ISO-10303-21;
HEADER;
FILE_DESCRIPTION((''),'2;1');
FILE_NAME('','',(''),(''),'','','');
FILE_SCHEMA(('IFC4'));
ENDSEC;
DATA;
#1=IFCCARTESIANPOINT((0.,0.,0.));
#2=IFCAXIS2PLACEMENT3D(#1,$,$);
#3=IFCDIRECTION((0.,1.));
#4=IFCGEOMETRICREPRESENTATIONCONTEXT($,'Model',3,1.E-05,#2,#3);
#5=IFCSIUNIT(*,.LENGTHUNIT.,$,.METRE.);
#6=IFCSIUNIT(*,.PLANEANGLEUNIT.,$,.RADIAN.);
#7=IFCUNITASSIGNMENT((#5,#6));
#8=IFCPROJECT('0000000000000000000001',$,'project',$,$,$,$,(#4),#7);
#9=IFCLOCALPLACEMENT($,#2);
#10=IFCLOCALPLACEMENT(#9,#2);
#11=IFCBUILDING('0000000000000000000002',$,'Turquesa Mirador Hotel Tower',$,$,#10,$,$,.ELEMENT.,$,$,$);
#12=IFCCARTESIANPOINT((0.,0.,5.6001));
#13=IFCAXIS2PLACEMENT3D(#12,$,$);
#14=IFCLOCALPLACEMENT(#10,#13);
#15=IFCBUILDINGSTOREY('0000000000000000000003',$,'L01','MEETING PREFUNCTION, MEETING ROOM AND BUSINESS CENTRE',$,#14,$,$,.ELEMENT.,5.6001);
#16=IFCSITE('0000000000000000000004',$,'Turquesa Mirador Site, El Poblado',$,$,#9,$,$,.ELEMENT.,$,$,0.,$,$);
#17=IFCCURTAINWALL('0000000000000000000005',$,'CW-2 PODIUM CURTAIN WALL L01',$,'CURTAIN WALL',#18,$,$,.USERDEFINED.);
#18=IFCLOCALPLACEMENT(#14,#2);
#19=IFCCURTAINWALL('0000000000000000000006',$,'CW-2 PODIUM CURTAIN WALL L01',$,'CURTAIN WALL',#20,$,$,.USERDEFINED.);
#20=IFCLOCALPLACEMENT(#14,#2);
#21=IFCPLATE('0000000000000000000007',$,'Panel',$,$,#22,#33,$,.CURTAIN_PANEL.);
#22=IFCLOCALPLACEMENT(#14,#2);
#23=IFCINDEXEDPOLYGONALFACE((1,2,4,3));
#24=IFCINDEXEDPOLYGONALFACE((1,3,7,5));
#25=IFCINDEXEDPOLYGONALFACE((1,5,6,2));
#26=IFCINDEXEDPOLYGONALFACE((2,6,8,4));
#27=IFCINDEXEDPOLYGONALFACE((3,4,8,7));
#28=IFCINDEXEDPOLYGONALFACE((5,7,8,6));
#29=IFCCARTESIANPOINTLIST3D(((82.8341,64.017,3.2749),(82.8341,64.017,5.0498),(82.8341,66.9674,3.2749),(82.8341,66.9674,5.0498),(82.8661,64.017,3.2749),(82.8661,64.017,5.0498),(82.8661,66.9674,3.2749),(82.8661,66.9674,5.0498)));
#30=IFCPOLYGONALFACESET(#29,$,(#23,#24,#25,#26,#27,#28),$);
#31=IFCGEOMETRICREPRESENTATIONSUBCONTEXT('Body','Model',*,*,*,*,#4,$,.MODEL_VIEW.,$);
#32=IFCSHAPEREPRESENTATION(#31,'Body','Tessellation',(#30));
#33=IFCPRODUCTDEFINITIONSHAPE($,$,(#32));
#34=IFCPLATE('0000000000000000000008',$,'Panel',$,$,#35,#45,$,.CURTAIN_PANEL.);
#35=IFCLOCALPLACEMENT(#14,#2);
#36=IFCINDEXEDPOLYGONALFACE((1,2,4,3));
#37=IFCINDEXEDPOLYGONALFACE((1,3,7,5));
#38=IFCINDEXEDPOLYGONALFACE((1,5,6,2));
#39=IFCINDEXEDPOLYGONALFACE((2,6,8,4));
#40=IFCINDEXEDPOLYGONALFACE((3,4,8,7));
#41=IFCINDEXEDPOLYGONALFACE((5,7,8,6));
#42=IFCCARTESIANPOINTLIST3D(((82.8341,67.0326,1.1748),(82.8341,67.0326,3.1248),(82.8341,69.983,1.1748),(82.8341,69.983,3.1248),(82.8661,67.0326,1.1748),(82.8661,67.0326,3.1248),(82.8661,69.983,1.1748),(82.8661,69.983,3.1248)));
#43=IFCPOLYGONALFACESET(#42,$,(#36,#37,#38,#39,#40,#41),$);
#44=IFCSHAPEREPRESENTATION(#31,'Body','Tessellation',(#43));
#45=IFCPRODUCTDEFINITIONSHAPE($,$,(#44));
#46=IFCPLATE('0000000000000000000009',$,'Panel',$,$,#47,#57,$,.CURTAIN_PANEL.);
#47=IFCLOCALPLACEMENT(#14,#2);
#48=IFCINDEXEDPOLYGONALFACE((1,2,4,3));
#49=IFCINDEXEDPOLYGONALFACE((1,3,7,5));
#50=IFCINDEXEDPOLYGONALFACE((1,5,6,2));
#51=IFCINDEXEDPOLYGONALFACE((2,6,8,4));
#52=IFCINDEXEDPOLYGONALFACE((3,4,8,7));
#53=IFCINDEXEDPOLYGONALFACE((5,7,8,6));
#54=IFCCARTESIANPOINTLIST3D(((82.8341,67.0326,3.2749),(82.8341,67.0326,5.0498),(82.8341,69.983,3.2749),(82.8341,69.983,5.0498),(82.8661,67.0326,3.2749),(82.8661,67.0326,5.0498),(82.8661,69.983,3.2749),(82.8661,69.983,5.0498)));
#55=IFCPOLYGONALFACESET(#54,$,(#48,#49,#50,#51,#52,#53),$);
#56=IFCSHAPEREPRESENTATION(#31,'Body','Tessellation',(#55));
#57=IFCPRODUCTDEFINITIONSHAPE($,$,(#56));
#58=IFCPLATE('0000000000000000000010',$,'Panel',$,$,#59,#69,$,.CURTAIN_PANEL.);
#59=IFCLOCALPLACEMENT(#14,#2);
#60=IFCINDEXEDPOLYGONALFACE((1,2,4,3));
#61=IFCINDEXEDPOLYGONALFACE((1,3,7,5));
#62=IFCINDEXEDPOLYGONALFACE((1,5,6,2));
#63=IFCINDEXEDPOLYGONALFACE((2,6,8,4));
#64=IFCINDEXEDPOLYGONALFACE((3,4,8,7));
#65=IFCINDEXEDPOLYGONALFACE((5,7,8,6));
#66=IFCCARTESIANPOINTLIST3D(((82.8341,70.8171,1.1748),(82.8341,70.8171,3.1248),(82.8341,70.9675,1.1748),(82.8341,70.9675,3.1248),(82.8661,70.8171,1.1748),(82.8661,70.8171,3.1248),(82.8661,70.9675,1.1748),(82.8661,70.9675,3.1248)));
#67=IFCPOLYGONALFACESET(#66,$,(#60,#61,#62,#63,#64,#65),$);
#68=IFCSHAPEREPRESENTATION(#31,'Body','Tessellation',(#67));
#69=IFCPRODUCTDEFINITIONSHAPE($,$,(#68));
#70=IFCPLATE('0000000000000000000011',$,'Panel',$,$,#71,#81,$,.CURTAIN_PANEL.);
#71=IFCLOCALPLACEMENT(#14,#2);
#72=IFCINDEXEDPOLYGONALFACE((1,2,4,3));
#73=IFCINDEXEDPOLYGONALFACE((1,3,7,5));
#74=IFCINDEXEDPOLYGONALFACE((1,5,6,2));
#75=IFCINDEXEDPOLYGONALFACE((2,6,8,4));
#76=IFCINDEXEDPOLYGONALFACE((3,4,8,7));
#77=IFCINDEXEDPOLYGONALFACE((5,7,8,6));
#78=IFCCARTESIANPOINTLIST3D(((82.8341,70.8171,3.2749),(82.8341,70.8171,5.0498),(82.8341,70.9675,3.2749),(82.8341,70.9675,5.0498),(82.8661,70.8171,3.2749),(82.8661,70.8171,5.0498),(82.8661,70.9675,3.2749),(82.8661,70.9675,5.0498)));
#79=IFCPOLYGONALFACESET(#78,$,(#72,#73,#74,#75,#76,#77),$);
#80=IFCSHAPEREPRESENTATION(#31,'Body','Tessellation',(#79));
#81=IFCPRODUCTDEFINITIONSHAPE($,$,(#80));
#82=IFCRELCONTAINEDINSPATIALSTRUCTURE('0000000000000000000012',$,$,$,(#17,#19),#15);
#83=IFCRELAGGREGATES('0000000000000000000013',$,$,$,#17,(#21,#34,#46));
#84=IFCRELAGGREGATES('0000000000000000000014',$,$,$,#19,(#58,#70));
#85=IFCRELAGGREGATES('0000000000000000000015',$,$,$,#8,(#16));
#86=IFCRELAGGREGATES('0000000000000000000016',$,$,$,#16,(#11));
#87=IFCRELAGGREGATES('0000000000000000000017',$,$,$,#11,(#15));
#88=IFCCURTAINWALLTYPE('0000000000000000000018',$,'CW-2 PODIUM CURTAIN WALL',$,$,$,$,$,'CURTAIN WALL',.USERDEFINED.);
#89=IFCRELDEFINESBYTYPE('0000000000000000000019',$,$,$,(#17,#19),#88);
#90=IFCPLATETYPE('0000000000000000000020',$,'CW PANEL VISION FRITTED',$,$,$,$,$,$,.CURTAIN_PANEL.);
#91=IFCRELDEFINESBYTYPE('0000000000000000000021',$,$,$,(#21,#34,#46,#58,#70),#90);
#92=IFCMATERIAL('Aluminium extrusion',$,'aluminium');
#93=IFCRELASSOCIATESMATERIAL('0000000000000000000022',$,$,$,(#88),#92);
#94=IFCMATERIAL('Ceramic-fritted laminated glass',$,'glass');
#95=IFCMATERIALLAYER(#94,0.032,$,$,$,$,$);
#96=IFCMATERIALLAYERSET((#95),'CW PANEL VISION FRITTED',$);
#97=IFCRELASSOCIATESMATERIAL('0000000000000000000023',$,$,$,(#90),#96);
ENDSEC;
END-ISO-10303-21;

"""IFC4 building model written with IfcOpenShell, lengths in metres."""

from ifc_helpers import new_model, si_unit, direction, frame, origin, origin_2d, place, context, subcontext, project, spatial, rectangle, extrude, material, layer, layer_set, type_object, element, aggregate, save


model = new_model("IFC4")

# Units and contexts
model_context = context("Model", 3, precision=1e-05, world=origin(), true_north=direction((0.0, 1.0)))
body_context = subcontext(model_context, "Body", "Model", "MODEL_VIEW")
ifc_project = project(units=[si_unit("LENGTHUNIT", "METRE"), si_unit("PLANEANGLEUNIT", "RADIAN")], contexts=[model_context])

# Site, building, storey
site_placement = place(None, origin())
site = spatial("IfcSite", under=ifc_project, at=site_placement, Name="Turquesa Mirador Site, El Poblado", CompositionType="ELEMENT", RefElevation=0.0)
building_placement = place(site_placement, origin())
building = spatial("IfcBuilding", under=site, at=building_placement, Name="Turquesa Mirador Hotel Tower", CompositionType="ELEMENT")
storey_placement = place(building_placement, frame((0.0, 0.0, 5.6001)))
storey = spatial("IfcBuildingStorey", under=building, at=storey_placement, Name="L01", Description="MEETING PREFUNCTION, MEETING ROOM AND BUSINESS CENTRE", CompositionType="ELEMENT", Elevation=5.6001)

# Curtain walls
ifc_material_1 = material(Name="Aluminium extrusion", Category="aluminium")
curtain_wall_type = type_object("IfcCurtainWallType", Name="CW-2 PODIUM CURTAIN WALL", ElementType="CURTAIN WALL", PredefinedType="USERDEFINED", material=ifc_material_1)
curtain_wall_1_placement = place(storey_placement, origin())
curtain_wall_1 = element("IfcCurtainWall", 1, at=curtain_wall_1_placement, inside=storey, type_object=curtain_wall_type, Name="CW-2 PODIUM CURTAIN WALL L01", ObjectType="CURTAIN WALL", PredefinedType="USERDEFINED")
curtain_wall_2_placement = place(storey_placement, origin())
curtain_wall_2 = element("IfcCurtainWall", 2, at=curtain_wall_2_placement, inside=storey, type_object=curtain_wall_type, Name="CW-2 PODIUM CURTAIN WALL L01", ObjectType="CURTAIN WALL", PredefinedType="USERDEFINED")

# Plates
ifc_material_2 = material(Name="Ceramic-fritted laminated glass", Category="glass")
ifc_layer_1 = layer(ifc_material_2, 0.032)
ifc_layer_set_1 = layer_set([ifc_layer_1], Name="CW PANEL VISION FRITTED")
plate_type_1 = type_object("IfcPlateType", Name="CW PANEL VISION FRITTED", PredefinedType="CURTAIN_PANEL", material=ifc_layer_set_1)
plate_1_placement = place(storey_placement, frame((82.8501, 65.4922, 3.2749), z_axis=(0.0, 0.0, 1.0), x_axis=(0.0, 1.0, 0.0)))
plate_1 = element("IfcPlate", 3, at=plate_1_placement, type_object=plate_type_1, Name="Panel", PredefinedType="CURTAIN_PANEL", context=body_context, shape_type="SweptSolid", body=[
    extrude(rectangle(XDim=2.9504, YDim=0.032, at=origin_2d()), origin(), (0.0, 0.0, 1.0), 1.7749),
])
plate_2_placement = place(storey_placement, frame((82.8501, 68.5078, 1.1748), z_axis=(0.0, 0.0, 1.0), x_axis=(0.0, 1.0, 0.0)))
plate_2 = element("IfcPlate", 4, at=plate_2_placement, type_object=plate_type_1, Name="Panel", PredefinedType="CURTAIN_PANEL", context=body_context, shape_type="SweptSolid", body=[
    extrude(rectangle(XDim=2.9504, YDim=0.032, at=origin_2d()), origin(), (0.0, 0.0, 1.0), 1.95),
])
plate_3_placement = place(storey_placement, frame((82.8501, 68.5078, 3.2749), z_axis=(0.0, 0.0, 1.0), x_axis=(0.0, 1.0, 0.0)))
plate_3 = element("IfcPlate", 5, at=plate_3_placement, type_object=plate_type_1, Name="Panel", PredefinedType="CURTAIN_PANEL", context=body_context, shape_type="SweptSolid", body=[
    extrude(rectangle(XDim=2.9504, YDim=0.032, at=origin_2d()), origin(), (0.0, 0.0, 1.0), 1.7749),
])
aggregate(curtain_wall_1, [plate_1, plate_2, plate_3])
plate_4_placement = place(storey_placement, frame((82.8501, 70.8923, 1.1748), z_axis=(0.0, 0.0, 1.0), x_axis=(0.0, 1.0, 0.0)))
plate_4 = element("IfcPlate", 6, at=plate_4_placement, type_object=plate_type_1, Name="Panel", PredefinedType="CURTAIN_PANEL", context=body_context, shape_type="SweptSolid", body=[
    extrude(rectangle(XDim=0.1504, YDim=0.032, at=origin_2d()), origin(), (0.0, 0.0, 1.0), 1.95),
])
plate_5_placement = place(storey_placement, frame((82.8501, 70.8923, 3.2749), z_axis=(0.0, 0.0, 1.0), x_axis=(0.0, 1.0, 0.0)))
plate_5 = element("IfcPlate", 7, at=plate_5_placement, type_object=plate_type_1, Name="Panel", PredefinedType="CURTAIN_PANEL", context=body_context, shape_type="SweptSolid", body=[
    extrude(rectangle(XDim=0.1504, YDim=0.032, at=origin_2d()), origin(), (0.0, 0.0, 1.0), 1.7749),
])
aggregate(curtain_wall_2, [plate_4, plate_5])

save(model, "model.ifc")
